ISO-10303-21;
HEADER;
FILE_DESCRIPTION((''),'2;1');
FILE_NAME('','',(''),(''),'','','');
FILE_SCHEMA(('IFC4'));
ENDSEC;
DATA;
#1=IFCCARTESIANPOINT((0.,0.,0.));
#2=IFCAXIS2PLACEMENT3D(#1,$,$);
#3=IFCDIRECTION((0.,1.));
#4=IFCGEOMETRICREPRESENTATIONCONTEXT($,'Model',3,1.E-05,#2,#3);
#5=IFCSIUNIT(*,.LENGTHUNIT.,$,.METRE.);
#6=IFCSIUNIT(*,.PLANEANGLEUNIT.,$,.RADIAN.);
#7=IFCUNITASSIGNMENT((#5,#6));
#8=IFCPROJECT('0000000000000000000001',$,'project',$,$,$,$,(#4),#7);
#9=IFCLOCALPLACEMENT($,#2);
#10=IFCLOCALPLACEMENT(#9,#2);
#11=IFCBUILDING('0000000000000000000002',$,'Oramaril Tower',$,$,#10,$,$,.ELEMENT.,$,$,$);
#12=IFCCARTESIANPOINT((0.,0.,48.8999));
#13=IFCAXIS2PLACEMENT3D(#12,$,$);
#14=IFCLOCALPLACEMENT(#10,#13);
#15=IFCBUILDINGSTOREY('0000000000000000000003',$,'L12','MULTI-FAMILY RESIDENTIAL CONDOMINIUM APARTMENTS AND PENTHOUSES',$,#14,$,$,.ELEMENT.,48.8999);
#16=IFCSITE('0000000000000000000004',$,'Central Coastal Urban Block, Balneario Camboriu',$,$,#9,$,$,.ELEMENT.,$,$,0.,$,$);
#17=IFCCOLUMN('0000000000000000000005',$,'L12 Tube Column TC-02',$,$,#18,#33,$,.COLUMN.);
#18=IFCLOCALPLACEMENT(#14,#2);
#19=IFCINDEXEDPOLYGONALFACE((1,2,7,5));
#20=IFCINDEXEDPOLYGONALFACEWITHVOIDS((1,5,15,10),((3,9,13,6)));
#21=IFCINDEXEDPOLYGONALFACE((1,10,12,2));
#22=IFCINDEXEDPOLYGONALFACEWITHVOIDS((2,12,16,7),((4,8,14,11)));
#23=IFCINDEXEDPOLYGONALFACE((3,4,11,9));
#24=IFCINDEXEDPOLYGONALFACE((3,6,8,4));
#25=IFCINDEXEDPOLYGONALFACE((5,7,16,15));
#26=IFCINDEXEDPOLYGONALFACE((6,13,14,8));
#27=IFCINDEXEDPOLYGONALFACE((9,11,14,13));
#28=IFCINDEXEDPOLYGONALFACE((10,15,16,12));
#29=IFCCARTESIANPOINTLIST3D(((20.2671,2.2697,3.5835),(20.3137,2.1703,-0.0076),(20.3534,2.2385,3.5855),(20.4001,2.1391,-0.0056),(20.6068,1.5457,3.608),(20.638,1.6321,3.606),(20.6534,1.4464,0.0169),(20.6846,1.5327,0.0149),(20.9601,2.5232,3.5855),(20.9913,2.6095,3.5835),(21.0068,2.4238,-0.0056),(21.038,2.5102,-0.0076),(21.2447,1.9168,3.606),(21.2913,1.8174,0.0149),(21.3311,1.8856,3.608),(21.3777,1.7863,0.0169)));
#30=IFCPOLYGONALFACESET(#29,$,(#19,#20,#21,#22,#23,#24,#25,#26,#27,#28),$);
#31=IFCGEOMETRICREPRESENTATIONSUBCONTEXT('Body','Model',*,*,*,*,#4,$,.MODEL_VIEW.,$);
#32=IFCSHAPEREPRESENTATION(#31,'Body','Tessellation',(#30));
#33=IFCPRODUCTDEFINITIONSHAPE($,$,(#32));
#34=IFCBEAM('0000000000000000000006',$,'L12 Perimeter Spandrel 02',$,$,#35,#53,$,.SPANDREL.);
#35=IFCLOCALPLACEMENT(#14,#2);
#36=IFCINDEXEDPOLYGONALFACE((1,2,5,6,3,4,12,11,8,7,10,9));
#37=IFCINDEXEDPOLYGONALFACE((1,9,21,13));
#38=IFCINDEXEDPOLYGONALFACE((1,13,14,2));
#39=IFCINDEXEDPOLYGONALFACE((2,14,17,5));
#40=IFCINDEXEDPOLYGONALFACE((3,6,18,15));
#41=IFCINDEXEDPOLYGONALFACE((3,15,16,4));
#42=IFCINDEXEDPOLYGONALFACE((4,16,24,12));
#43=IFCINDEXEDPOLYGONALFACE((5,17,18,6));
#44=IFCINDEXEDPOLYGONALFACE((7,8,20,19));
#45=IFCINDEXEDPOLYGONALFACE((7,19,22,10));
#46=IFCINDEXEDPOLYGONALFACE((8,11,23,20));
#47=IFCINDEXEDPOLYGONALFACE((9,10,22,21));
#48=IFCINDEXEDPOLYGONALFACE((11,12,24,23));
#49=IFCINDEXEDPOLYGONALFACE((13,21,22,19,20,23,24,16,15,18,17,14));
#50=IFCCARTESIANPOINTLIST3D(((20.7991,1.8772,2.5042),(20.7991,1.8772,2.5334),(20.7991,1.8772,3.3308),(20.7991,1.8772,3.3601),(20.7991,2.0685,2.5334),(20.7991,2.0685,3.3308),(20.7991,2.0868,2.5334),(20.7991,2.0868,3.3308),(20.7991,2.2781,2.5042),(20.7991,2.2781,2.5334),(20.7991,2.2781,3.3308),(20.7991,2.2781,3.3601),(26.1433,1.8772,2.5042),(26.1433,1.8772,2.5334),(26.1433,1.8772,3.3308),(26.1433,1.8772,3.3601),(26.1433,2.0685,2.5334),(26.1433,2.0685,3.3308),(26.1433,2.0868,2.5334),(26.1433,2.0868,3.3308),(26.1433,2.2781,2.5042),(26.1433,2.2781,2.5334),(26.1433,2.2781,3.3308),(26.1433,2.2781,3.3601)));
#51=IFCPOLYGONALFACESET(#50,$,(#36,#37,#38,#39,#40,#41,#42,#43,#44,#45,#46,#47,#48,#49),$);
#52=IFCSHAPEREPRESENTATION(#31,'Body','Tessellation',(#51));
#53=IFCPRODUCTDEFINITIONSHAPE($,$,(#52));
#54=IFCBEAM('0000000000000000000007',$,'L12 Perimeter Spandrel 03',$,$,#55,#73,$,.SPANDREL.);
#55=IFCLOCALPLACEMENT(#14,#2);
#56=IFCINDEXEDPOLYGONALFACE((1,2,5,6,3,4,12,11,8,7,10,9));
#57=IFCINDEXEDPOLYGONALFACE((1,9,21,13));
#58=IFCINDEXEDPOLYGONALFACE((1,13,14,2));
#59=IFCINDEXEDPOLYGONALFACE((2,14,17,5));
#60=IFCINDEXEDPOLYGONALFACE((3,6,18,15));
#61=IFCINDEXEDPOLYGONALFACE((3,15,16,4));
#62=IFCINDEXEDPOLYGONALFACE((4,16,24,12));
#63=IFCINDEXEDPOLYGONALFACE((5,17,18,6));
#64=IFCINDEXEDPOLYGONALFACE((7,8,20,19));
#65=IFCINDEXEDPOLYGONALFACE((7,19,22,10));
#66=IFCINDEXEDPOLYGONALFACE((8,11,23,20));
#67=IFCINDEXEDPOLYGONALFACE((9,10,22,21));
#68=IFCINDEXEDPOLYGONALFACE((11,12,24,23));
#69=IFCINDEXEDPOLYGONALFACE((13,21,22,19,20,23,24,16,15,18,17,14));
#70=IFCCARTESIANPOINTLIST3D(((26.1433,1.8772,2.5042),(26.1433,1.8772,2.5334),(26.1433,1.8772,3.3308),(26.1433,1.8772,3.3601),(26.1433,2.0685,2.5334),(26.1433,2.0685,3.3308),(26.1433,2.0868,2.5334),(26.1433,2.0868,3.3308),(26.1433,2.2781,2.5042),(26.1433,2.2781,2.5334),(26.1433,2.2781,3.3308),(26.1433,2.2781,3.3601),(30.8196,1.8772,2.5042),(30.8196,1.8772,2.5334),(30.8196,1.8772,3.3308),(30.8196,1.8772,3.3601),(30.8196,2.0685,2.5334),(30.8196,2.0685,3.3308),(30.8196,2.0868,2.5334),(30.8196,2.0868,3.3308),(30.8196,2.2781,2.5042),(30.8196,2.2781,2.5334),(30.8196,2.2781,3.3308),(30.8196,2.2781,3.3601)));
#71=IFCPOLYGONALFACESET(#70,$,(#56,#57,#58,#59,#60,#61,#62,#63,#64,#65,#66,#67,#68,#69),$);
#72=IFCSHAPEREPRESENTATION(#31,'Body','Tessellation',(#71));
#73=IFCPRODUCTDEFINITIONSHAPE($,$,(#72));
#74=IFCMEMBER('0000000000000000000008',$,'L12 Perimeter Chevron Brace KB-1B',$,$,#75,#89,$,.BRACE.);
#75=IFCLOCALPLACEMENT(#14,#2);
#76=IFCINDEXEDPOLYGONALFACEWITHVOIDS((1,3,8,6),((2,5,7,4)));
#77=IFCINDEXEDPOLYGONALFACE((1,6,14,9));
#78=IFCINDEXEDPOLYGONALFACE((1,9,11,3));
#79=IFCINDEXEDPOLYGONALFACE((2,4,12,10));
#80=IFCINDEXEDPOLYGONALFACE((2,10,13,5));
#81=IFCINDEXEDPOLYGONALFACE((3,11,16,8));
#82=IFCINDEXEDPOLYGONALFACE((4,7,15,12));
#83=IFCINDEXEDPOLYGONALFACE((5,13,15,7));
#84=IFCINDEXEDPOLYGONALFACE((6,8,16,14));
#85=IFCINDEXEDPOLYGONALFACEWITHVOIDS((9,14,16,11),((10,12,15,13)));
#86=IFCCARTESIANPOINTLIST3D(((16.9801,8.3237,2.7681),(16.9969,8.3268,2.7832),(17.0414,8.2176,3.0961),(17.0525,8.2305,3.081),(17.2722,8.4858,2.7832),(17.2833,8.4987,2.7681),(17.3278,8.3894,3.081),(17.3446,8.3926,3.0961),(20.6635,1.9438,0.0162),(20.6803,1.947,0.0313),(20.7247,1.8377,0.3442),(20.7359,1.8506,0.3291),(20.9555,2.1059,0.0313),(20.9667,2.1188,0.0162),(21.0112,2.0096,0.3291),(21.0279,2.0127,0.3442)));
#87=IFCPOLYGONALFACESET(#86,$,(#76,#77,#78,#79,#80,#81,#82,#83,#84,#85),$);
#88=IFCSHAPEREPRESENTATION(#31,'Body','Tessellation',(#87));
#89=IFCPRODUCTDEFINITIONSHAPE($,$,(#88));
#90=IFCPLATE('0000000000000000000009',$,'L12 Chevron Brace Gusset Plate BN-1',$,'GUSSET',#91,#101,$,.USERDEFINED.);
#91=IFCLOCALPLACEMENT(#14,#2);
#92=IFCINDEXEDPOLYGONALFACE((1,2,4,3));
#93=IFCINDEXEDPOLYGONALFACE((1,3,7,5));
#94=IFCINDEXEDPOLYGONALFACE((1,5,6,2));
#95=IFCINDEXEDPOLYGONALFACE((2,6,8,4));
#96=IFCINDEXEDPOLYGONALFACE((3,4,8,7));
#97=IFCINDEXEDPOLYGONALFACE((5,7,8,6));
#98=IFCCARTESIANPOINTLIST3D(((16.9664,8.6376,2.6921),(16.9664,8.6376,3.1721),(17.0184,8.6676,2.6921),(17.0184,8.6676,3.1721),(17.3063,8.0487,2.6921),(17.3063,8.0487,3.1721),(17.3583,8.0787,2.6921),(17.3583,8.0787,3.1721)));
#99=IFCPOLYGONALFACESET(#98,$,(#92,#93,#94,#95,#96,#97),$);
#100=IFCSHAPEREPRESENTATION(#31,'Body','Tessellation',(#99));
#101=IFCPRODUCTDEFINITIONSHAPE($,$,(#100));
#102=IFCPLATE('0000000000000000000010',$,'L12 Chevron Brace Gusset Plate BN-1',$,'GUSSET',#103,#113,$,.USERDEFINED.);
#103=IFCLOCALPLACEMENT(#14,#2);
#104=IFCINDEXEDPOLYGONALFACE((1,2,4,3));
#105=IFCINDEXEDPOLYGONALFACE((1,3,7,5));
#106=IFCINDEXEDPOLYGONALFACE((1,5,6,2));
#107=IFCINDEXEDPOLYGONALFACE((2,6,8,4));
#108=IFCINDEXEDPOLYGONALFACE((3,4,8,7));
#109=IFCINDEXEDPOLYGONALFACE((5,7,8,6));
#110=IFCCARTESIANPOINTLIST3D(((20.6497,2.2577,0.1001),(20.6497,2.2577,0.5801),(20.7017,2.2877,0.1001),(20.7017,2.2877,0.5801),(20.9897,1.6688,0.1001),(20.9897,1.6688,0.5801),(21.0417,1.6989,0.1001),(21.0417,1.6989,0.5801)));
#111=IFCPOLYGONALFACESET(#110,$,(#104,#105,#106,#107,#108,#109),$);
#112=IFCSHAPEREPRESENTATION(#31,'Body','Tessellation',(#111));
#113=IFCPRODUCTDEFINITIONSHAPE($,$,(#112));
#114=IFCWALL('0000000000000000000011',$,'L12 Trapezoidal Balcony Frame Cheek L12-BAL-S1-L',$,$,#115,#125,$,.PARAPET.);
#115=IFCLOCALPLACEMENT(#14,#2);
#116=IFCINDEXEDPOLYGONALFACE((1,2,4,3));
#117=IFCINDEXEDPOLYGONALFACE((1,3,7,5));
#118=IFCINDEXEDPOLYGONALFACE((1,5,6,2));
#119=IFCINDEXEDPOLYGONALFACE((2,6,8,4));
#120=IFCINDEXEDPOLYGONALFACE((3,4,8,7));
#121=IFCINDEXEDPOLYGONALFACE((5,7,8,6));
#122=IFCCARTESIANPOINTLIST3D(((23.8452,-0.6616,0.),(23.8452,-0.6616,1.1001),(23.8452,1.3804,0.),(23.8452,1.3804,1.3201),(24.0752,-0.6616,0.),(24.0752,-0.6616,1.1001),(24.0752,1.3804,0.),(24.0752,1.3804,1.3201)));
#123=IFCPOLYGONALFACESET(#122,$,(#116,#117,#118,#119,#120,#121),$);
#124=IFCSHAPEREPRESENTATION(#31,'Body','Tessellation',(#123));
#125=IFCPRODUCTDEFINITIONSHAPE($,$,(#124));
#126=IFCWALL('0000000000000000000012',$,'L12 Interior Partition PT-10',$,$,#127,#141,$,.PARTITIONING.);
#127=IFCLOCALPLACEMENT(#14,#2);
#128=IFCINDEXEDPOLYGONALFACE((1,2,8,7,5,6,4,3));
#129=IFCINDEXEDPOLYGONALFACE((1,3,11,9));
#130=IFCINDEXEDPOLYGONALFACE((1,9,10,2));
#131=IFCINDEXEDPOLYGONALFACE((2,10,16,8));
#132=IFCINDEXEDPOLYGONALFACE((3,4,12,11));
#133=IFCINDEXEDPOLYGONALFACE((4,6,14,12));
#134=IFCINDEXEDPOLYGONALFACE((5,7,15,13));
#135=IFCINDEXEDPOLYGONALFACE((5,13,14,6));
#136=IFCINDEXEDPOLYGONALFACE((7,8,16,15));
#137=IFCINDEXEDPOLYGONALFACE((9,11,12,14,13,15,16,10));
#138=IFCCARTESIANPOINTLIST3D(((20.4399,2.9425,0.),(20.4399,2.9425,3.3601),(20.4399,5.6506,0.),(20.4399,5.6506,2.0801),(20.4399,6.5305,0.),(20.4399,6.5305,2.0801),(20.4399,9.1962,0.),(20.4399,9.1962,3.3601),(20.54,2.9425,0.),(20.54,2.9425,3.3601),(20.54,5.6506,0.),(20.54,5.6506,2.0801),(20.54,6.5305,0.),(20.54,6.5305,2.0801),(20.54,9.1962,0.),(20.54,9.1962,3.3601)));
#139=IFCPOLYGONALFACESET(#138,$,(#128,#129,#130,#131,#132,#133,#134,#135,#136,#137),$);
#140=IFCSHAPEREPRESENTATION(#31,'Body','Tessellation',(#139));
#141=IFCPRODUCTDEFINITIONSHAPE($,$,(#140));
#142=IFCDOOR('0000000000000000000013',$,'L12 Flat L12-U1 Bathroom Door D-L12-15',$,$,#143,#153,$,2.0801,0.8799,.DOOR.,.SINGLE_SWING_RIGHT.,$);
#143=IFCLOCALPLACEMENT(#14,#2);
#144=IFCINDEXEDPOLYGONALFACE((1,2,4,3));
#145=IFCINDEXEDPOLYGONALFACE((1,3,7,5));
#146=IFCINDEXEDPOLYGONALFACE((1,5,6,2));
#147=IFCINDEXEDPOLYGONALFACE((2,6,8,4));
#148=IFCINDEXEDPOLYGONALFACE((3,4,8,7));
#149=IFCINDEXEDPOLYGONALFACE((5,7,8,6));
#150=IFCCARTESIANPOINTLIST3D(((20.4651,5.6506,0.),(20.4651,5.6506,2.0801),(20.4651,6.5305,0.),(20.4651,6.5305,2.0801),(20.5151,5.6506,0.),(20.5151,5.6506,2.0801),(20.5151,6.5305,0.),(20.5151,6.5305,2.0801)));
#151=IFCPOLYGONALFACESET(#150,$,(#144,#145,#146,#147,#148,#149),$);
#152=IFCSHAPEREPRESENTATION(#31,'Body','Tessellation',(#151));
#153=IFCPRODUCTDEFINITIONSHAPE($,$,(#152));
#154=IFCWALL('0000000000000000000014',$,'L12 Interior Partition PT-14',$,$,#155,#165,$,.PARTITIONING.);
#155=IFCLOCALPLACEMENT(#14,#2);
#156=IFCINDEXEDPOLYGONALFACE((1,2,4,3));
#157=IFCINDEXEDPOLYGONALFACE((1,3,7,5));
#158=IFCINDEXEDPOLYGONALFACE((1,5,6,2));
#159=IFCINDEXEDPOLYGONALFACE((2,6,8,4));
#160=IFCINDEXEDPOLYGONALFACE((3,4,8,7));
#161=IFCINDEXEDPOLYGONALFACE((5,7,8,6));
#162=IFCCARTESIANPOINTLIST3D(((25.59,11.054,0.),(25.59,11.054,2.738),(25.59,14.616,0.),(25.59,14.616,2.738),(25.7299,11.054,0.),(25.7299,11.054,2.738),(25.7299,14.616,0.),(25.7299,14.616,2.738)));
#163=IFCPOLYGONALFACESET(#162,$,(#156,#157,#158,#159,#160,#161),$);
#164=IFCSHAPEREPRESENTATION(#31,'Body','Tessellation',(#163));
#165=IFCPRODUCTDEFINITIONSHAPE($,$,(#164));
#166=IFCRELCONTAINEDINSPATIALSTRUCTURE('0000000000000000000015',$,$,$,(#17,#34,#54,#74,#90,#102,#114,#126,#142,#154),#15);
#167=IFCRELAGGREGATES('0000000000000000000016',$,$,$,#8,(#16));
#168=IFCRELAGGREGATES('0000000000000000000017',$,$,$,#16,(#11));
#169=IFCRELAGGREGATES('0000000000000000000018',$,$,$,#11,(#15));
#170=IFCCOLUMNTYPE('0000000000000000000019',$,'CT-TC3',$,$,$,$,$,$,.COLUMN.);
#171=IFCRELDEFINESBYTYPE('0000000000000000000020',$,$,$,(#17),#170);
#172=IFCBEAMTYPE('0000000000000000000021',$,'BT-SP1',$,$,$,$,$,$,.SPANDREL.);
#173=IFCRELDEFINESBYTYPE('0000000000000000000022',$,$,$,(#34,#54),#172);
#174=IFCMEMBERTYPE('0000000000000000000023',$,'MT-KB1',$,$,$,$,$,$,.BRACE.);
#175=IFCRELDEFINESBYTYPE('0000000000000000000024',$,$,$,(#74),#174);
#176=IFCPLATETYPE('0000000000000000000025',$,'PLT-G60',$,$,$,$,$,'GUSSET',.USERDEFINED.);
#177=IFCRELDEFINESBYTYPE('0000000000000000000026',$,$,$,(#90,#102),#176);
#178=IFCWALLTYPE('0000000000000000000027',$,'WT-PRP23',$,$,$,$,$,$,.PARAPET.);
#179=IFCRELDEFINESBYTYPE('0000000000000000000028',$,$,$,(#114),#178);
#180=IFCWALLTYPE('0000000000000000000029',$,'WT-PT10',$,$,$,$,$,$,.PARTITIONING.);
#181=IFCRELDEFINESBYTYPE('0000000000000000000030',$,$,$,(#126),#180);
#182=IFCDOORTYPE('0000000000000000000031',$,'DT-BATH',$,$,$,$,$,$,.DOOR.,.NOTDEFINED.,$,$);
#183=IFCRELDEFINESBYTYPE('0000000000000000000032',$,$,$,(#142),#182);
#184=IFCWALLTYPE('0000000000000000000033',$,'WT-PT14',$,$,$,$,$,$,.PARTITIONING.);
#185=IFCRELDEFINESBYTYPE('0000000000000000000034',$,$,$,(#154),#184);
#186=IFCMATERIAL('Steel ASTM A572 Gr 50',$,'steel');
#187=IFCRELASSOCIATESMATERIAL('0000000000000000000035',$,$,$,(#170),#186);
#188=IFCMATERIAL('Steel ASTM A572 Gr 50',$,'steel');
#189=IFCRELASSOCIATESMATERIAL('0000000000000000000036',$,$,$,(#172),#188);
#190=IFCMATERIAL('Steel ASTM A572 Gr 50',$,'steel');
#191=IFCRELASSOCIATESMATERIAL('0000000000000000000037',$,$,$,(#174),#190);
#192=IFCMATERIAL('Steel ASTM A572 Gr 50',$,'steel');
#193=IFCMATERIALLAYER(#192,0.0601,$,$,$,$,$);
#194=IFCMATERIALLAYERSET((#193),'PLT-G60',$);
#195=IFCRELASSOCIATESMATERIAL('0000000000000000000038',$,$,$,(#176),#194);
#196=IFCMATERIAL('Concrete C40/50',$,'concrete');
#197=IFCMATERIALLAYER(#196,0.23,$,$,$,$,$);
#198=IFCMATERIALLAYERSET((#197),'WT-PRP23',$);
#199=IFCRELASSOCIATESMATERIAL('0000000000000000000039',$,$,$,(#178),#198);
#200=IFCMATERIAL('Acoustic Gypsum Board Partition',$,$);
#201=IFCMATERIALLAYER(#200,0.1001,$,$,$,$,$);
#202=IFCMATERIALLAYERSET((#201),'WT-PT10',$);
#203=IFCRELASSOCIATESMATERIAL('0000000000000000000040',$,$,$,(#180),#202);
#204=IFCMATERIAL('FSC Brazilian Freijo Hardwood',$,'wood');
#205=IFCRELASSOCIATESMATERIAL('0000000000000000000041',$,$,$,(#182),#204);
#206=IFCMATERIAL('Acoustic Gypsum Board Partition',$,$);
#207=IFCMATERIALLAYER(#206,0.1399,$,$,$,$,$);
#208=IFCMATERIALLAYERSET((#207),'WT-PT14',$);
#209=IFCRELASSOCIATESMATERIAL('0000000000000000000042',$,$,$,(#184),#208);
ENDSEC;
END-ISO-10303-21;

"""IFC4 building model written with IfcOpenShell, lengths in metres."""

from ifc_helpers import new_model, si_unit, direction, frame, frame_2d, origin, origin_2d, place, context, subcontext, project, spatial, polyline, rectangle, hollow_rectangle, i_section, outline, extrude, material, layer, layer_set, material_profile, profile_set, type_object, element, fill, save


model = new_model("IFC4")

# Units and contexts
model_context = context("Model", 3, precision=1e-05, world=origin(), true_north=direction((0.0, 1.0)))
body_context = subcontext(model_context, "Body", "Model", "MODEL_VIEW")
ifc_project = project(units=[si_unit("LENGTHUNIT", "METRE"), si_unit("PLANEANGLEUNIT", "RADIAN")], contexts=[model_context])

# Site, building, storey
site_placement = place(None, origin())
site = spatial("IfcSite", under=ifc_project, at=site_placement, Name="Central Coastal Urban Block, Balneario Camboriu", CompositionType="ELEMENT", RefElevation=0.0)
building_placement = place(site_placement, origin())
building = spatial("IfcBuilding", under=site, at=building_placement, Name="Oramaril Tower", CompositionType="ELEMENT")
storey_placement = place(building_placement, frame((0.0, 0.0, 48.8999)))
storey = spatial("IfcBuildingStorey", under=building, at=storey_placement, Name="L12", Description="MULTI-FAMILY RESIDENTIAL CONDOMINIUM APARTMENTS AND PENTHOUSES", CompositionType="ELEMENT", Elevation=48.8999)

# Column
ifc_material_1 = material(Name="Steel ASTM A572 Gr 50", Category="steel")
ifc_material_profile_1 = material_profile(ifc_material_1, hollow_rectangle(XDim=0.8, YDim=0.8, WallThickness=0.0649, at=origin_2d()), Name="BOX800X800X65")
ifc_profile_set_1 = profile_set([ifc_material_profile_1], Name="Steel ASTM A572 Gr 50")
column_type = type_object("IfcColumnType", Name="CT-TC3", PredefinedType="COLUMN", material=ifc_profile_set_1)
column_placement = place(storey_placement, frame((20.8457, 1.9783, 0.0046), z_axis=(-0.012979, 0.027657, 0.999533), x_axis=(-0.905272, -0.424833, 0.0)))
element("IfcColumn", 1, at=column_placement, inside=storey, type_object=column_type, Name="L12 Tube Column TC-02", PredefinedType="COLUMN", context=body_context, shape_type="SweptSolid", body=[
    extrude(hollow_rectangle(XDim=0.8, YDim=0.8, WallThickness=0.0649, at=origin_2d()), origin(), (0.0, 0.0, 1.0), 3.5928),
])

# Beams
ifc_material_2 = material(Name="Steel ASTM A572 Gr 50", Category="steel")
ifc_material_profile_2 = material_profile(ifc_material_2, i_section(OverallWidth=0.4009, OverallDepth=0.856, WebThickness=0.0183, FlangeThickness=0.0293, at=origin_2d()), Name="W33X201")
ifc_profile_set_2 = profile_set([ifc_material_profile_2], Name="Steel ASTM A572 Gr 50")
beam_type = type_object("IfcBeamType", Name="BT-SP1", PredefinedType="SPANDREL", material=ifc_profile_set_2)
beam_1_placement = place(storey_placement, frame((20.7991, 2.0776, 2.9321), z_axis=(1.0, 0.0, 0.0), x_axis=(0.0, 1.0, 0.0)))
element("IfcBeam", 2, at=beam_1_placement, inside=storey, type_object=beam_type, Name="L12 Perimeter Spandrel 02", PredefinedType="SPANDREL", context=body_context, shape_type="SweptSolid", body=[
    extrude(i_section(OverallWidth=0.4009, OverallDepth=0.856, WebThickness=0.0183, FlangeThickness=0.0293, at=origin_2d()), origin(), (0.0, 0.0, 1.0), 5.3442),
])
beam_2_placement = place(storey_placement, frame((26.1433, 2.0776, 2.9321), z_axis=(1.0, 0.0, 0.0), x_axis=(0.0, 1.0, 0.0)))
element("IfcBeam", 3, at=beam_2_placement, inside=storey, type_object=beam_type, Name="L12 Perimeter Spandrel 03", PredefinedType="SPANDREL", context=body_context, shape_type="SweptSolid", body=[
    extrude(i_section(OverallWidth=0.4009, OverallDepth=0.856, WebThickness=0.0183, FlangeThickness=0.0293, at=origin_2d()), origin(), (0.0, 0.0, 1.0), 4.6763),
])

# Member
ifc_material_3 = material(Name="Steel ASTM A572 Gr 50", Category="steel")
ifc_material_profile_3 = material_profile(ifc_material_3, hollow_rectangle(XDim=0.3501, YDim=0.3501, WallThickness=0.0161, at=origin_2d()), Name="HSS350X350X16")
ifc_profile_set_3 = profile_set([ifc_material_profile_3], Name="Steel ASTM A572 Gr 50")
member_type = type_object("IfcMemberType", Name="MT-KB1", PredefinedType="BRACE", material=ifc_profile_set_3)
member_placement = place(storey_placement, frame((20.8457, 1.9783, 0.1802), z_axis=(-0.468378, 0.811272, 0.349941), x_axis=(-0.86603, -0.499992, 0.0)))
element("IfcMember", 4, at=member_placement, inside=storey, type_object=member_type, Name="L12 Perimeter Chevron Brace KB-1B", PredefinedType="BRACE", context=body_context, shape_type="SweptSolid", body=[
    extrude(hollow_rectangle(XDim=0.3501, YDim=0.3501, WallThickness=0.0161, at=origin_2d()), origin(), (0.0, 0.0, 1.0), 7.864),
])

# Plates
ifc_material_4 = material(Name="Steel ASTM A572 Gr 50", Category="steel")
ifc_layer_1 = layer(ifc_material_4, 0.0601)
ifc_layer_set_1 = layer_set([ifc_layer_1], Name="PLT-G60")
plate_type = type_object("IfcPlateType", Name="PLT-G60", ElementType="GUSSET", PredefinedType="USERDEFINED", material=ifc_layer_set_1)
for number, where, z_axis, x_axis, name in (
    (5, (17.1624, 8.3582, 2.6921), (0.0, 0.0, 1.0), (0.5, -0.866025, 0.0), "L12 Chevron Brace Gusset Plate BN-1"),
    (6, (20.8457, 1.9783, 0.1001), (0.0, 0.0, 1.0), (0.5, -0.866025, 0.0), "L12 Chevron Brace Gusset Plate BN-1"),
):
    element("IfcPlate", number, at=place(storey_placement, frame(where, z_axis=z_axis, x_axis=x_axis)), inside=storey, type_object=plate_type, Name=name, ObjectType="GUSSET", PredefinedType="USERDEFINED", context=body_context, shape_type="SweptSolid", body=[
        extrude(rectangle(XDim=0.6799, YDim=0.0601, at=origin_2d()), origin(), (0.0, 0.0, 1.0), 0.48),
    ])

# Wall
ifc_material_5 = material(Name="Concrete C40/50", Category="concrete")
ifc_layer_2 = layer(ifc_material_5, 0.23)
ifc_layer_set_2 = layer_set([ifc_layer_2], Name="WT-PRP23")
wall_type_1 = type_object("IfcWallType", Name="WT-PRP23", PredefinedType="PARAPET", material=ifc_layer_set_2)
wall_1_placement = place(storey_placement, frame((23.9602, 1.3804, 0.0), z_axis=(0.0, 0.0, 1.0), x_axis=(0.0, -1.0, 0.0)))
element("IfcWall", 7, at=wall_1_placement, inside=storey, type_object=wall_type_1, Name="L12 Trapezoidal Balcony Frame Cheek L12-BAL-S1-L", PredefinedType="PARAPET", context=body_context, shape_type="SweptSolid", body=[
    extrude(outline(polyline([(0.0, 0.0), (2.042, 0.0), (2.042, 1.1001), (0.0, 1.3201), (0.0, 0.0)])), frame((0.0, 0.115, 0.0), z_axis=(0.0, -1.0, 0.0), x_axis=(1.0, 0.0, 0.0)), (0.0, 0.0, 1.0), 0.23),
])

# Wall, opening, door
ifc_material_6 = material(Name="Acoustic Gypsum Board Partition")
ifc_layer_3 = layer(ifc_material_6, 0.1001)
ifc_layer_set_3 = layer_set([ifc_layer_3], Name="WT-PT10")
wall_type_2 = type_object("IfcWallType", Name="WT-PT10", PredefinedType="PARTITIONING", material=ifc_layer_set_3)
wall_2_placement = place(storey_placement, frame((20.49, 2.9424, 0.0), z_axis=(0.0, 0.0, 1.0), x_axis=(0.0, 1.0, 0.0)))
wall_2 = element("IfcWall", 8, at=wall_2_placement, inside=storey, type_object=wall_type_2, Name="L12 Interior Partition PT-10", PredefinedType="PARTITIONING", context=body_context, shape_type="SweptSolid", body=[
    extrude(rectangle(XDim=6.2537, YDim=0.1001, at=frame_2d((3.127, 0.0))), origin(), (0.0, 0.0, 1.0), 3.3601),
])
opening_1_placement = place(wall_2_placement, frame((2.7083, 0.0, 0.0)))
opening_1 = element("IfcOpeningElement", 9, at=opening_1_placement, cuts=wall_2, PredefinedType="OPENING", context=body_context, shape_type="SweptSolid", body=[
    extrude(rectangle(XDim=0.8799, YDim=2.0801, at=frame_2d((0.4399, 1.04))), frame((0.0, 0.05, 0.0), z_axis=(0.0, -1.0, 0.0), x_axis=(1.0, 0.0, 0.0)), (0.0, 0.0, 1.0), 0.1001),
])
ifc_material_7 = material(Name="FSC Brazilian Freijo Hardwood", Category="wood")
door_type_1 = type_object("IfcDoorType", Name="DT-BATH", OperationType="NOTDEFINED", PredefinedType="DOOR", material=ifc_material_7)
door_1_placement = place(opening_1_placement, origin())
door_1 = element("IfcDoor", 10, at=door_1_placement, inside=storey, type_object=door_type_1, Name="L12 Flat L12-U1 Bathroom Door D-L12-15", OperationType="SINGLE_SWING_RIGHT", OverallHeight=2.0801, OverallWidth=0.8799, PredefinedType="DOOR", context=body_context, shape_type="SweptSolid", body=[
    extrude(rectangle(XDim=0.8799, YDim=2.0801, at=frame_2d((0.4399, 1.04))), frame((0.0, 0.0249, 0.0), z_axis=(0.0, -1.0, 0.0), x_axis=(1.0, 0.0, 0.0)), (0.0, 0.0, 1.0), 0.05),
])
fill(opening_1, door_1)

# Wall
ifc_material_8 = material(Name="Acoustic Gypsum Board Partition")
ifc_layer_4 = layer(ifc_material_8, 0.1399)
ifc_layer_set_4 = layer_set([ifc_layer_4], Name="WT-PT14")
wall_type_3 = type_object("IfcWallType", Name="WT-PT14", PredefinedType="PARTITIONING", material=ifc_layer_set_4)
wall_3_placement = place(storey_placement, frame((25.6599, 11.054, 0.0), z_axis=(0.0, 0.0, 1.0), x_axis=(0.0, 1.0, 0.0)))
element("IfcWall", 11, at=wall_3_placement, inside=storey, type_object=wall_type_3, Name="L12 Interior Partition PT-14", PredefinedType="PARTITIONING", context=body_context, shape_type="SweptSolid", body=[
    extrude(rectangle(XDim=3.562, YDim=0.1399, at=frame_2d((1.781, 0.0))), origin(), (0.0, 0.0, 1.0), 2.738),
])

save(model, "model.ifc")
